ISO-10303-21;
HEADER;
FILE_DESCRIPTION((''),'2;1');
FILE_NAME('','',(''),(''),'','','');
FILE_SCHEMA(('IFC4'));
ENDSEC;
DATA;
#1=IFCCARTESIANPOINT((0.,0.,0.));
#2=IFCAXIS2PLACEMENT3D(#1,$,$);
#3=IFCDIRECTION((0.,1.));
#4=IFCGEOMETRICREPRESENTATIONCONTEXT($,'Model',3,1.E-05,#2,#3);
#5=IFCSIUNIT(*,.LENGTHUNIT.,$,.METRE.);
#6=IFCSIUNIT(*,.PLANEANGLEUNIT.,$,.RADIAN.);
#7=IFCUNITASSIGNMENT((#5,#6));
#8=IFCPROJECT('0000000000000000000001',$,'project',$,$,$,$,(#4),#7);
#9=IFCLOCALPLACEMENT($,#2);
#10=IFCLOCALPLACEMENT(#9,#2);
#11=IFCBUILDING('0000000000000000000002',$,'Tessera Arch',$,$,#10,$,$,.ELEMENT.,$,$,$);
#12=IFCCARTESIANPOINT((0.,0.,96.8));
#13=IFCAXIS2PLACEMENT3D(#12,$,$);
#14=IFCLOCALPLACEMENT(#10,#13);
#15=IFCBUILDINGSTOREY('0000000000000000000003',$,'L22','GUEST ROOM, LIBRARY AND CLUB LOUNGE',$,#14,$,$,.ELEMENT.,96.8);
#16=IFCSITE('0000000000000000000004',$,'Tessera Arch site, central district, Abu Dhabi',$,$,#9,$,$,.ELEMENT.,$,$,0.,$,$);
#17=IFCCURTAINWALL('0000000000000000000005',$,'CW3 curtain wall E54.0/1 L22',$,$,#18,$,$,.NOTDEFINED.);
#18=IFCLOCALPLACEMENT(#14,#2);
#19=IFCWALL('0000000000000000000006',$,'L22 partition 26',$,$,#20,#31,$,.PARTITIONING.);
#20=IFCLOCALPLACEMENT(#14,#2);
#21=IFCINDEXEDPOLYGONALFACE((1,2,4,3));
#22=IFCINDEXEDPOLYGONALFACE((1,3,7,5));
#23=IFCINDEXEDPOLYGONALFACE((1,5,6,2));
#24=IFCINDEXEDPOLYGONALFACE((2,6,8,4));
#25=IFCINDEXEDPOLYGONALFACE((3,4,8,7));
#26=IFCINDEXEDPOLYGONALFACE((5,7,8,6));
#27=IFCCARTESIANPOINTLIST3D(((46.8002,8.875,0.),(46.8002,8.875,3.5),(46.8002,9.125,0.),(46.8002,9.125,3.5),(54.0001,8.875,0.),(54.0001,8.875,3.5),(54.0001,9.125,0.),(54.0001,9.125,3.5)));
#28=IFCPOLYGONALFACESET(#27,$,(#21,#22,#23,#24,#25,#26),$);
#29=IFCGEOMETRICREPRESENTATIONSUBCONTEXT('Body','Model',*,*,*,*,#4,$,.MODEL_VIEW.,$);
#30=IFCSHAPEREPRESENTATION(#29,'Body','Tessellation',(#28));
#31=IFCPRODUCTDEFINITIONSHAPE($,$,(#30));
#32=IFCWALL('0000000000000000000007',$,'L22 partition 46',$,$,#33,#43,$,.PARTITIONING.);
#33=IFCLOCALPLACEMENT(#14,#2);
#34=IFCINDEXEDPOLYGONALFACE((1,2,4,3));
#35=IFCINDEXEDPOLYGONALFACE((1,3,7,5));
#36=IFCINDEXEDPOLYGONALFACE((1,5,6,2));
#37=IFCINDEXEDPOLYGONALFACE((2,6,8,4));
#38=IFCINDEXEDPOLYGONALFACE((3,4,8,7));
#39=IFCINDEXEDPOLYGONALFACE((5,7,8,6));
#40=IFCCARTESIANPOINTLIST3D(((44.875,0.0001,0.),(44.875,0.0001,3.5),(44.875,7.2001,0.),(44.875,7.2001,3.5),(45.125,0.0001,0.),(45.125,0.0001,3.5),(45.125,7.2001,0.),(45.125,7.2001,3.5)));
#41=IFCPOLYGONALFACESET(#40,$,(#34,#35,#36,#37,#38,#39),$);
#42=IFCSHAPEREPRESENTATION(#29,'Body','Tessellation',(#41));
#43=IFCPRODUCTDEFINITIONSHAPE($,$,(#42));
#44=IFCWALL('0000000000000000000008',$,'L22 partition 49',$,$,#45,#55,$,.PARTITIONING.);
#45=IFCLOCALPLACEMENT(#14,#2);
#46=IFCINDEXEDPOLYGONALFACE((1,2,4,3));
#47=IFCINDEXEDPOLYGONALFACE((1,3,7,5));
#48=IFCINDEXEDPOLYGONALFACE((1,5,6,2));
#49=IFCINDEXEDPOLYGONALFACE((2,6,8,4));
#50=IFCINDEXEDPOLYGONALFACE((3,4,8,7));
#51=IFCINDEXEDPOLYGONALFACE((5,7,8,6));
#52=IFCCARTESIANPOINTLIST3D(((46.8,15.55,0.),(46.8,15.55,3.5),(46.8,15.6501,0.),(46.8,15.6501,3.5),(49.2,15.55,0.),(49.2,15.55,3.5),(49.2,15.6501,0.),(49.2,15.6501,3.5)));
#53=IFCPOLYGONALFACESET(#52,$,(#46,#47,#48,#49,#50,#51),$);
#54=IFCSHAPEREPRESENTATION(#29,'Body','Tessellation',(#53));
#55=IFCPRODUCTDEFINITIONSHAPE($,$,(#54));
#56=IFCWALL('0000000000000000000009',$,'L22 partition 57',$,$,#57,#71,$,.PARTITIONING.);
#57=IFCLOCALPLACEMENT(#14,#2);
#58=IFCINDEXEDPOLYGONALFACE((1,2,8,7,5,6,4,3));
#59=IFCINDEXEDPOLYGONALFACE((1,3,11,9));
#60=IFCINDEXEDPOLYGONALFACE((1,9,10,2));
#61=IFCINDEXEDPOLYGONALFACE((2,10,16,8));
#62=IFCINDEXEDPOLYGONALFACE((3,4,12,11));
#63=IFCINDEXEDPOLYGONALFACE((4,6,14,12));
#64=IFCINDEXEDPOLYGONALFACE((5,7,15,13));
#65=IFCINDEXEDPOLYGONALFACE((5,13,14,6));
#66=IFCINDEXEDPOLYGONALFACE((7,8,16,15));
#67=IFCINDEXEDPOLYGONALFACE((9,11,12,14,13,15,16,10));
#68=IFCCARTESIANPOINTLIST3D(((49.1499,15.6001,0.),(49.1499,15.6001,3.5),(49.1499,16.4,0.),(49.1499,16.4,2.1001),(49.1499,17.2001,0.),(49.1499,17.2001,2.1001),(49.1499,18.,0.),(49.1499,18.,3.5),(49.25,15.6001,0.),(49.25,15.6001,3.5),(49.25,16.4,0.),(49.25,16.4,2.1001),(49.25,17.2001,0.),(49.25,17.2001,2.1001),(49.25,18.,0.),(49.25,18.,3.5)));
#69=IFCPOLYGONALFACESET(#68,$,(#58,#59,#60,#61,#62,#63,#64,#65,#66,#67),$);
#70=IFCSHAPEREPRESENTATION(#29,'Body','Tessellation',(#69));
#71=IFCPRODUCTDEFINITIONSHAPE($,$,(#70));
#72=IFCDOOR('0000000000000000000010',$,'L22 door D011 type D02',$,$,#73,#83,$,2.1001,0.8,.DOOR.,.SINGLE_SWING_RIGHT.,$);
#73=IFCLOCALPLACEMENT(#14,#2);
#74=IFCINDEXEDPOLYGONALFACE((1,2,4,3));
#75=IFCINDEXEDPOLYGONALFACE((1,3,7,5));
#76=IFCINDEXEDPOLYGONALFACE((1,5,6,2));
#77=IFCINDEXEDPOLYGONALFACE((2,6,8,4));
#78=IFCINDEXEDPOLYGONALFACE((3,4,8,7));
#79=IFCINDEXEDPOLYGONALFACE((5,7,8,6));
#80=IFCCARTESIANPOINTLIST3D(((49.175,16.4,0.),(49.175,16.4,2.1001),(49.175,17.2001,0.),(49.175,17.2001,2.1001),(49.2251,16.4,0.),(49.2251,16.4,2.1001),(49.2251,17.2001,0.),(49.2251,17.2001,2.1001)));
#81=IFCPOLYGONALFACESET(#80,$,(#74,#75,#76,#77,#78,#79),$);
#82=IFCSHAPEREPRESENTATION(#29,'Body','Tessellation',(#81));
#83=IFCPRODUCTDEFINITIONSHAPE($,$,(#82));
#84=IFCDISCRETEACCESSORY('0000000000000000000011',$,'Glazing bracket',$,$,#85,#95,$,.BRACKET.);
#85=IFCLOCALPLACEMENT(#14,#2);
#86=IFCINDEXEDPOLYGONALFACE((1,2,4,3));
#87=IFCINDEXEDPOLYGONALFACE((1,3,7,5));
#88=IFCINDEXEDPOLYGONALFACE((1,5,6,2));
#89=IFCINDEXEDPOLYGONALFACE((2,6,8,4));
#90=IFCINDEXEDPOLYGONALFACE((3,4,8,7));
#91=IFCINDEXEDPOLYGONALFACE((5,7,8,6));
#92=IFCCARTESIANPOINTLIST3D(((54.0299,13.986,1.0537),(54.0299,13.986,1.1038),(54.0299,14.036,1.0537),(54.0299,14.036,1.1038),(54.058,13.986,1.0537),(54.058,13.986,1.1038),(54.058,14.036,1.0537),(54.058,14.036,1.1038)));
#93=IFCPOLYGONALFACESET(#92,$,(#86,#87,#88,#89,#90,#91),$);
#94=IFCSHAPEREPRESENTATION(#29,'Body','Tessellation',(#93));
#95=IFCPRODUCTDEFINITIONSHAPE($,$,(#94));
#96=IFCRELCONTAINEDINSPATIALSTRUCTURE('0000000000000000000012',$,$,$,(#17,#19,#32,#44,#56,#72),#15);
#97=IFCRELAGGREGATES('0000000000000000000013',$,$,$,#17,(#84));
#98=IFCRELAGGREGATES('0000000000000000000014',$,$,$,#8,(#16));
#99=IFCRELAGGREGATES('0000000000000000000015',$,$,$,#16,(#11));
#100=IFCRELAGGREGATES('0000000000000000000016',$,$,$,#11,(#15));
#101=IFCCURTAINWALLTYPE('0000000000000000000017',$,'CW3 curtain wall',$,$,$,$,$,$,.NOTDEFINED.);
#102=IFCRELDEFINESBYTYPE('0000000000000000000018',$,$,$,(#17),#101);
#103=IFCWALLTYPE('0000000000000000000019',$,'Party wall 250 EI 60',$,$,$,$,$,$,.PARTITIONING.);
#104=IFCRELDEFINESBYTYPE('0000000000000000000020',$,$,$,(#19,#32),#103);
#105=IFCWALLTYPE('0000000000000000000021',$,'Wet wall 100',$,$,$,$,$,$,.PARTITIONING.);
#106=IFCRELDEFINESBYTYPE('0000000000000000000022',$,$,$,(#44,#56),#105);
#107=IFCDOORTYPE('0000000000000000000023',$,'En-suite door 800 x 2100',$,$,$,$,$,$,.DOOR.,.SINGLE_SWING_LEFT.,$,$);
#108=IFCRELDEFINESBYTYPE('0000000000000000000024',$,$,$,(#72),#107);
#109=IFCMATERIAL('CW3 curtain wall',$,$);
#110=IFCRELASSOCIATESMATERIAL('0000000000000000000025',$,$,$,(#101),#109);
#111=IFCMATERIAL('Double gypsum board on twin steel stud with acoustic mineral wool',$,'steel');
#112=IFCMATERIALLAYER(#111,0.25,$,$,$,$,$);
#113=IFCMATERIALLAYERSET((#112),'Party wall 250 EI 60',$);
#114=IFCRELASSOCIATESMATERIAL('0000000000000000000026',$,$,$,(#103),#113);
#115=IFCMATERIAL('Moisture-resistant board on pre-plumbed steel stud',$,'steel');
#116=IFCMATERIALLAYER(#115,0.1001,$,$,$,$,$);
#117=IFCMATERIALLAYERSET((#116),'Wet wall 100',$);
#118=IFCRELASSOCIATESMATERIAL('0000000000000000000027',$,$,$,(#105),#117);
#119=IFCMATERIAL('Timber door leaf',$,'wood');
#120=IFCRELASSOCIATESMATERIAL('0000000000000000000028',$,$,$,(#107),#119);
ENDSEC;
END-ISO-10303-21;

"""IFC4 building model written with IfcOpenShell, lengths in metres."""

from ifc_helpers import new_model, si_unit, direction, frame, frame_2d, origin, origin_2d, place, context, subcontext, project, spatial, rectangle, extrude, material, layer, layer_set, type_object, element, fill, aggregate, save


model = new_model("IFC4")

# Units and contexts
model_context = context("Model", 3, precision=1e-05, world=origin(), true_north=direction((0.0, 1.0)))
body_context = subcontext(model_context, "Body", "Model", "MODEL_VIEW")
ifc_project = project(units=[si_unit("LENGTHUNIT", "METRE"), si_unit("PLANEANGLEUNIT", "RADIAN")], contexts=[model_context])

# Site, building, storey
site_placement = place(None, origin())
site = spatial("IfcSite", under=ifc_project, at=site_placement, Name="Tessera Arch site, central district, Abu Dhabi", CompositionType="ELEMENT", RefElevation=0.0)
building_placement = place(site_placement, origin())
building = spatial("IfcBuilding", under=site, at=building_placement, Name="Tessera Arch", CompositionType="ELEMENT")
storey_placement = place(building_placement, frame((0.0, 0.0, 96.8)))
storey = spatial("IfcBuildingStorey", under=building, at=storey_placement, Name="L22", Description="GUEST ROOM, LIBRARY AND CLUB LOUNGE", CompositionType="ELEMENT", Elevation=96.8)

# Curtain wall
ifc_material_1 = material(Name="CW3 curtain wall")
curtain_wall_type_1 = type_object("IfcCurtainWallType", Name="CW3 curtain wall", PredefinedType="NOTDEFINED", material=ifc_material_1)
curtain_wall_1_placement = place(storey_placement, origin())
curtain_wall_1 = element("IfcCurtainWall", 1, at=curtain_wall_1_placement, inside=storey, type_object=curtain_wall_type_1, Name="CW3 curtain wall E54.0/1 L22", PredefinedType="NOTDEFINED")

# Walls
ifc_material_2 = material(Name="Double gypsum board on twin steel stud with acoustic mineral wool", Category="steel")
ifc_layer_1 = layer(ifc_material_2, 0.25)
ifc_layer_set_1 = layer_set([ifc_layer_1], Name="Party wall 250 EI 60")
wall_type_1 = type_object("IfcWallType", Name="Party wall 250 EI 60", PredefinedType="PARTITIONING", material=ifc_layer_set_1)
for number, where, z_axis, x_axis, name in (
    (2, (46.8, 9.0, 0.0), (0.0, 0.0, 1.0), (1.0, 0.0, 0.0), "L22 partition 26"),
    (3, (45.0, 0.0, 0.0), (0.0, 0.0, 1.0), (0.0, 1.0, 0.0), "L22 partition 46"),
):
    element("IfcWall", number, at=place(storey_placement, frame(where, z_axis=z_axis, x_axis=x_axis)), inside=storey, type_object=wall_type_1, Name=name, PredefinedType="PARTITIONING", context=body_context, shape_type="SweptSolid", body=[
        extrude(rectangle(XDim=7.2, YDim=0.25, at=frame_2d((3.6001, 0.0))), origin(), (0.0, 0.0, 1.0), 3.5),
    ])
ifc_material_3 = material(Name="Moisture-resistant board on pre-plumbed steel stud", Category="steel")
ifc_layer_2 = layer(ifc_material_3, 0.1001)
ifc_layer_set_2 = layer_set([ifc_layer_2], Name="Wet wall 100")
wall_type_2 = type_object("IfcWallType", Name="Wet wall 100", PredefinedType="PARTITIONING", material=ifc_layer_set_2)
wall_1_placement = place(storey_placement, frame((46.8, 15.6001, 0.0), z_axis=(0.0, 0.0, 1.0), x_axis=(1.0, 0.0, 0.0)))
element("IfcWall", 4, at=wall_1_placement, inside=storey, type_object=wall_type_2, Name="L22 partition 49", PredefinedType="PARTITIONING", context=body_context, shape_type="SweptSolid", body=[
    extrude(rectangle(XDim=2.3999, YDim=0.1001, at=frame_2d((1.2, 0.0))), origin(), (0.0, 0.0, 1.0), 3.5),
])

# Wall, opening, door
wall_2_placement = place(storey_placement, frame((49.2, 15.6001, 0.0), z_axis=(0.0, 0.0, 1.0), x_axis=(0.0, 1.0, 0.0)))
wall_2 = element("IfcWall", 5, at=wall_2_placement, inside=storey, type_object=wall_type_2, Name="L22 partition 57", PredefinedType="PARTITIONING", context=body_context, shape_type="SweptSolid", body=[
    extrude(rectangle(XDim=2.3999, YDim=0.1001, at=frame_2d((1.2, 0.0))), origin(), (0.0, 0.0, 1.0), 3.5),
])
opening_1_placement = place(wall_2_placement, frame((0.8, 0.0, 0.0)))
opening_1 = element("IfcOpeningElement", 6, at=opening_1_placement, cuts=wall_2, PredefinedType="OPENING", context=body_context, shape_type="SweptSolid", body=[
    extrude(rectangle(XDim=0.8, YDim=2.1001, at=frame_2d((0.3999, 1.05))), frame((0.0, 0.0601, 0.0), z_axis=(0.0, -1.0, 0.0), x_axis=(1.0, 0.0, 0.0)), (0.0, 0.0, 1.0), 0.1201),
])
ifc_material_4 = material(Name="Timber door leaf", Category="wood")
door_type_1 = type_object("IfcDoorType", Name="En-suite door 800 x 2100", OperationType="SINGLE_SWING_LEFT", PredefinedType="DOOR", material=ifc_material_4)
door_1_placement = place(opening_1_placement, origin())
door_1 = element("IfcDoor", 7, at=door_1_placement, inside=storey, type_object=door_type_1, Name="L22 door D011 type D02", OperationType="SINGLE_SWING_RIGHT", OverallHeight=2.1001, OverallWidth=0.8, PredefinedType="DOOR", context=body_context, shape_type="SweptSolid", body=[
    extrude(rectangle(XDim=0.8, YDim=2.1001, at=frame_2d((0.3999, 1.05))), frame((0.0, 0.0249, 0.0), z_axis=(0.0, -1.0, 0.0), x_axis=(1.0, 0.0, 0.0)), (0.0, 0.0, 1.0), 0.05),
])
fill(opening_1, door_1)

# Discrete accessory
discrete_accessory_placement = place(storey_placement, frame((54.0439, 14.011, 1.0537), z_axis=(0.0, 0.0, 1.0), x_axis=(0.0, 1.0, 0.0)))
discrete_accessory = element("IfcDiscreteAccessory", 8, at=discrete_accessory_placement, Name="Glazing bracket", PredefinedType="BRACKET", context=body_context, shape_type="SweptSolid", body=[
    extrude(rectangle(XDim=0.05, YDim=0.0281, at=origin_2d()), origin(), (0.0, 0.0, 1.0), 0.05),
])
aggregate(curtain_wall_1, [discrete_accessory])

save(model, "model.ifc")
